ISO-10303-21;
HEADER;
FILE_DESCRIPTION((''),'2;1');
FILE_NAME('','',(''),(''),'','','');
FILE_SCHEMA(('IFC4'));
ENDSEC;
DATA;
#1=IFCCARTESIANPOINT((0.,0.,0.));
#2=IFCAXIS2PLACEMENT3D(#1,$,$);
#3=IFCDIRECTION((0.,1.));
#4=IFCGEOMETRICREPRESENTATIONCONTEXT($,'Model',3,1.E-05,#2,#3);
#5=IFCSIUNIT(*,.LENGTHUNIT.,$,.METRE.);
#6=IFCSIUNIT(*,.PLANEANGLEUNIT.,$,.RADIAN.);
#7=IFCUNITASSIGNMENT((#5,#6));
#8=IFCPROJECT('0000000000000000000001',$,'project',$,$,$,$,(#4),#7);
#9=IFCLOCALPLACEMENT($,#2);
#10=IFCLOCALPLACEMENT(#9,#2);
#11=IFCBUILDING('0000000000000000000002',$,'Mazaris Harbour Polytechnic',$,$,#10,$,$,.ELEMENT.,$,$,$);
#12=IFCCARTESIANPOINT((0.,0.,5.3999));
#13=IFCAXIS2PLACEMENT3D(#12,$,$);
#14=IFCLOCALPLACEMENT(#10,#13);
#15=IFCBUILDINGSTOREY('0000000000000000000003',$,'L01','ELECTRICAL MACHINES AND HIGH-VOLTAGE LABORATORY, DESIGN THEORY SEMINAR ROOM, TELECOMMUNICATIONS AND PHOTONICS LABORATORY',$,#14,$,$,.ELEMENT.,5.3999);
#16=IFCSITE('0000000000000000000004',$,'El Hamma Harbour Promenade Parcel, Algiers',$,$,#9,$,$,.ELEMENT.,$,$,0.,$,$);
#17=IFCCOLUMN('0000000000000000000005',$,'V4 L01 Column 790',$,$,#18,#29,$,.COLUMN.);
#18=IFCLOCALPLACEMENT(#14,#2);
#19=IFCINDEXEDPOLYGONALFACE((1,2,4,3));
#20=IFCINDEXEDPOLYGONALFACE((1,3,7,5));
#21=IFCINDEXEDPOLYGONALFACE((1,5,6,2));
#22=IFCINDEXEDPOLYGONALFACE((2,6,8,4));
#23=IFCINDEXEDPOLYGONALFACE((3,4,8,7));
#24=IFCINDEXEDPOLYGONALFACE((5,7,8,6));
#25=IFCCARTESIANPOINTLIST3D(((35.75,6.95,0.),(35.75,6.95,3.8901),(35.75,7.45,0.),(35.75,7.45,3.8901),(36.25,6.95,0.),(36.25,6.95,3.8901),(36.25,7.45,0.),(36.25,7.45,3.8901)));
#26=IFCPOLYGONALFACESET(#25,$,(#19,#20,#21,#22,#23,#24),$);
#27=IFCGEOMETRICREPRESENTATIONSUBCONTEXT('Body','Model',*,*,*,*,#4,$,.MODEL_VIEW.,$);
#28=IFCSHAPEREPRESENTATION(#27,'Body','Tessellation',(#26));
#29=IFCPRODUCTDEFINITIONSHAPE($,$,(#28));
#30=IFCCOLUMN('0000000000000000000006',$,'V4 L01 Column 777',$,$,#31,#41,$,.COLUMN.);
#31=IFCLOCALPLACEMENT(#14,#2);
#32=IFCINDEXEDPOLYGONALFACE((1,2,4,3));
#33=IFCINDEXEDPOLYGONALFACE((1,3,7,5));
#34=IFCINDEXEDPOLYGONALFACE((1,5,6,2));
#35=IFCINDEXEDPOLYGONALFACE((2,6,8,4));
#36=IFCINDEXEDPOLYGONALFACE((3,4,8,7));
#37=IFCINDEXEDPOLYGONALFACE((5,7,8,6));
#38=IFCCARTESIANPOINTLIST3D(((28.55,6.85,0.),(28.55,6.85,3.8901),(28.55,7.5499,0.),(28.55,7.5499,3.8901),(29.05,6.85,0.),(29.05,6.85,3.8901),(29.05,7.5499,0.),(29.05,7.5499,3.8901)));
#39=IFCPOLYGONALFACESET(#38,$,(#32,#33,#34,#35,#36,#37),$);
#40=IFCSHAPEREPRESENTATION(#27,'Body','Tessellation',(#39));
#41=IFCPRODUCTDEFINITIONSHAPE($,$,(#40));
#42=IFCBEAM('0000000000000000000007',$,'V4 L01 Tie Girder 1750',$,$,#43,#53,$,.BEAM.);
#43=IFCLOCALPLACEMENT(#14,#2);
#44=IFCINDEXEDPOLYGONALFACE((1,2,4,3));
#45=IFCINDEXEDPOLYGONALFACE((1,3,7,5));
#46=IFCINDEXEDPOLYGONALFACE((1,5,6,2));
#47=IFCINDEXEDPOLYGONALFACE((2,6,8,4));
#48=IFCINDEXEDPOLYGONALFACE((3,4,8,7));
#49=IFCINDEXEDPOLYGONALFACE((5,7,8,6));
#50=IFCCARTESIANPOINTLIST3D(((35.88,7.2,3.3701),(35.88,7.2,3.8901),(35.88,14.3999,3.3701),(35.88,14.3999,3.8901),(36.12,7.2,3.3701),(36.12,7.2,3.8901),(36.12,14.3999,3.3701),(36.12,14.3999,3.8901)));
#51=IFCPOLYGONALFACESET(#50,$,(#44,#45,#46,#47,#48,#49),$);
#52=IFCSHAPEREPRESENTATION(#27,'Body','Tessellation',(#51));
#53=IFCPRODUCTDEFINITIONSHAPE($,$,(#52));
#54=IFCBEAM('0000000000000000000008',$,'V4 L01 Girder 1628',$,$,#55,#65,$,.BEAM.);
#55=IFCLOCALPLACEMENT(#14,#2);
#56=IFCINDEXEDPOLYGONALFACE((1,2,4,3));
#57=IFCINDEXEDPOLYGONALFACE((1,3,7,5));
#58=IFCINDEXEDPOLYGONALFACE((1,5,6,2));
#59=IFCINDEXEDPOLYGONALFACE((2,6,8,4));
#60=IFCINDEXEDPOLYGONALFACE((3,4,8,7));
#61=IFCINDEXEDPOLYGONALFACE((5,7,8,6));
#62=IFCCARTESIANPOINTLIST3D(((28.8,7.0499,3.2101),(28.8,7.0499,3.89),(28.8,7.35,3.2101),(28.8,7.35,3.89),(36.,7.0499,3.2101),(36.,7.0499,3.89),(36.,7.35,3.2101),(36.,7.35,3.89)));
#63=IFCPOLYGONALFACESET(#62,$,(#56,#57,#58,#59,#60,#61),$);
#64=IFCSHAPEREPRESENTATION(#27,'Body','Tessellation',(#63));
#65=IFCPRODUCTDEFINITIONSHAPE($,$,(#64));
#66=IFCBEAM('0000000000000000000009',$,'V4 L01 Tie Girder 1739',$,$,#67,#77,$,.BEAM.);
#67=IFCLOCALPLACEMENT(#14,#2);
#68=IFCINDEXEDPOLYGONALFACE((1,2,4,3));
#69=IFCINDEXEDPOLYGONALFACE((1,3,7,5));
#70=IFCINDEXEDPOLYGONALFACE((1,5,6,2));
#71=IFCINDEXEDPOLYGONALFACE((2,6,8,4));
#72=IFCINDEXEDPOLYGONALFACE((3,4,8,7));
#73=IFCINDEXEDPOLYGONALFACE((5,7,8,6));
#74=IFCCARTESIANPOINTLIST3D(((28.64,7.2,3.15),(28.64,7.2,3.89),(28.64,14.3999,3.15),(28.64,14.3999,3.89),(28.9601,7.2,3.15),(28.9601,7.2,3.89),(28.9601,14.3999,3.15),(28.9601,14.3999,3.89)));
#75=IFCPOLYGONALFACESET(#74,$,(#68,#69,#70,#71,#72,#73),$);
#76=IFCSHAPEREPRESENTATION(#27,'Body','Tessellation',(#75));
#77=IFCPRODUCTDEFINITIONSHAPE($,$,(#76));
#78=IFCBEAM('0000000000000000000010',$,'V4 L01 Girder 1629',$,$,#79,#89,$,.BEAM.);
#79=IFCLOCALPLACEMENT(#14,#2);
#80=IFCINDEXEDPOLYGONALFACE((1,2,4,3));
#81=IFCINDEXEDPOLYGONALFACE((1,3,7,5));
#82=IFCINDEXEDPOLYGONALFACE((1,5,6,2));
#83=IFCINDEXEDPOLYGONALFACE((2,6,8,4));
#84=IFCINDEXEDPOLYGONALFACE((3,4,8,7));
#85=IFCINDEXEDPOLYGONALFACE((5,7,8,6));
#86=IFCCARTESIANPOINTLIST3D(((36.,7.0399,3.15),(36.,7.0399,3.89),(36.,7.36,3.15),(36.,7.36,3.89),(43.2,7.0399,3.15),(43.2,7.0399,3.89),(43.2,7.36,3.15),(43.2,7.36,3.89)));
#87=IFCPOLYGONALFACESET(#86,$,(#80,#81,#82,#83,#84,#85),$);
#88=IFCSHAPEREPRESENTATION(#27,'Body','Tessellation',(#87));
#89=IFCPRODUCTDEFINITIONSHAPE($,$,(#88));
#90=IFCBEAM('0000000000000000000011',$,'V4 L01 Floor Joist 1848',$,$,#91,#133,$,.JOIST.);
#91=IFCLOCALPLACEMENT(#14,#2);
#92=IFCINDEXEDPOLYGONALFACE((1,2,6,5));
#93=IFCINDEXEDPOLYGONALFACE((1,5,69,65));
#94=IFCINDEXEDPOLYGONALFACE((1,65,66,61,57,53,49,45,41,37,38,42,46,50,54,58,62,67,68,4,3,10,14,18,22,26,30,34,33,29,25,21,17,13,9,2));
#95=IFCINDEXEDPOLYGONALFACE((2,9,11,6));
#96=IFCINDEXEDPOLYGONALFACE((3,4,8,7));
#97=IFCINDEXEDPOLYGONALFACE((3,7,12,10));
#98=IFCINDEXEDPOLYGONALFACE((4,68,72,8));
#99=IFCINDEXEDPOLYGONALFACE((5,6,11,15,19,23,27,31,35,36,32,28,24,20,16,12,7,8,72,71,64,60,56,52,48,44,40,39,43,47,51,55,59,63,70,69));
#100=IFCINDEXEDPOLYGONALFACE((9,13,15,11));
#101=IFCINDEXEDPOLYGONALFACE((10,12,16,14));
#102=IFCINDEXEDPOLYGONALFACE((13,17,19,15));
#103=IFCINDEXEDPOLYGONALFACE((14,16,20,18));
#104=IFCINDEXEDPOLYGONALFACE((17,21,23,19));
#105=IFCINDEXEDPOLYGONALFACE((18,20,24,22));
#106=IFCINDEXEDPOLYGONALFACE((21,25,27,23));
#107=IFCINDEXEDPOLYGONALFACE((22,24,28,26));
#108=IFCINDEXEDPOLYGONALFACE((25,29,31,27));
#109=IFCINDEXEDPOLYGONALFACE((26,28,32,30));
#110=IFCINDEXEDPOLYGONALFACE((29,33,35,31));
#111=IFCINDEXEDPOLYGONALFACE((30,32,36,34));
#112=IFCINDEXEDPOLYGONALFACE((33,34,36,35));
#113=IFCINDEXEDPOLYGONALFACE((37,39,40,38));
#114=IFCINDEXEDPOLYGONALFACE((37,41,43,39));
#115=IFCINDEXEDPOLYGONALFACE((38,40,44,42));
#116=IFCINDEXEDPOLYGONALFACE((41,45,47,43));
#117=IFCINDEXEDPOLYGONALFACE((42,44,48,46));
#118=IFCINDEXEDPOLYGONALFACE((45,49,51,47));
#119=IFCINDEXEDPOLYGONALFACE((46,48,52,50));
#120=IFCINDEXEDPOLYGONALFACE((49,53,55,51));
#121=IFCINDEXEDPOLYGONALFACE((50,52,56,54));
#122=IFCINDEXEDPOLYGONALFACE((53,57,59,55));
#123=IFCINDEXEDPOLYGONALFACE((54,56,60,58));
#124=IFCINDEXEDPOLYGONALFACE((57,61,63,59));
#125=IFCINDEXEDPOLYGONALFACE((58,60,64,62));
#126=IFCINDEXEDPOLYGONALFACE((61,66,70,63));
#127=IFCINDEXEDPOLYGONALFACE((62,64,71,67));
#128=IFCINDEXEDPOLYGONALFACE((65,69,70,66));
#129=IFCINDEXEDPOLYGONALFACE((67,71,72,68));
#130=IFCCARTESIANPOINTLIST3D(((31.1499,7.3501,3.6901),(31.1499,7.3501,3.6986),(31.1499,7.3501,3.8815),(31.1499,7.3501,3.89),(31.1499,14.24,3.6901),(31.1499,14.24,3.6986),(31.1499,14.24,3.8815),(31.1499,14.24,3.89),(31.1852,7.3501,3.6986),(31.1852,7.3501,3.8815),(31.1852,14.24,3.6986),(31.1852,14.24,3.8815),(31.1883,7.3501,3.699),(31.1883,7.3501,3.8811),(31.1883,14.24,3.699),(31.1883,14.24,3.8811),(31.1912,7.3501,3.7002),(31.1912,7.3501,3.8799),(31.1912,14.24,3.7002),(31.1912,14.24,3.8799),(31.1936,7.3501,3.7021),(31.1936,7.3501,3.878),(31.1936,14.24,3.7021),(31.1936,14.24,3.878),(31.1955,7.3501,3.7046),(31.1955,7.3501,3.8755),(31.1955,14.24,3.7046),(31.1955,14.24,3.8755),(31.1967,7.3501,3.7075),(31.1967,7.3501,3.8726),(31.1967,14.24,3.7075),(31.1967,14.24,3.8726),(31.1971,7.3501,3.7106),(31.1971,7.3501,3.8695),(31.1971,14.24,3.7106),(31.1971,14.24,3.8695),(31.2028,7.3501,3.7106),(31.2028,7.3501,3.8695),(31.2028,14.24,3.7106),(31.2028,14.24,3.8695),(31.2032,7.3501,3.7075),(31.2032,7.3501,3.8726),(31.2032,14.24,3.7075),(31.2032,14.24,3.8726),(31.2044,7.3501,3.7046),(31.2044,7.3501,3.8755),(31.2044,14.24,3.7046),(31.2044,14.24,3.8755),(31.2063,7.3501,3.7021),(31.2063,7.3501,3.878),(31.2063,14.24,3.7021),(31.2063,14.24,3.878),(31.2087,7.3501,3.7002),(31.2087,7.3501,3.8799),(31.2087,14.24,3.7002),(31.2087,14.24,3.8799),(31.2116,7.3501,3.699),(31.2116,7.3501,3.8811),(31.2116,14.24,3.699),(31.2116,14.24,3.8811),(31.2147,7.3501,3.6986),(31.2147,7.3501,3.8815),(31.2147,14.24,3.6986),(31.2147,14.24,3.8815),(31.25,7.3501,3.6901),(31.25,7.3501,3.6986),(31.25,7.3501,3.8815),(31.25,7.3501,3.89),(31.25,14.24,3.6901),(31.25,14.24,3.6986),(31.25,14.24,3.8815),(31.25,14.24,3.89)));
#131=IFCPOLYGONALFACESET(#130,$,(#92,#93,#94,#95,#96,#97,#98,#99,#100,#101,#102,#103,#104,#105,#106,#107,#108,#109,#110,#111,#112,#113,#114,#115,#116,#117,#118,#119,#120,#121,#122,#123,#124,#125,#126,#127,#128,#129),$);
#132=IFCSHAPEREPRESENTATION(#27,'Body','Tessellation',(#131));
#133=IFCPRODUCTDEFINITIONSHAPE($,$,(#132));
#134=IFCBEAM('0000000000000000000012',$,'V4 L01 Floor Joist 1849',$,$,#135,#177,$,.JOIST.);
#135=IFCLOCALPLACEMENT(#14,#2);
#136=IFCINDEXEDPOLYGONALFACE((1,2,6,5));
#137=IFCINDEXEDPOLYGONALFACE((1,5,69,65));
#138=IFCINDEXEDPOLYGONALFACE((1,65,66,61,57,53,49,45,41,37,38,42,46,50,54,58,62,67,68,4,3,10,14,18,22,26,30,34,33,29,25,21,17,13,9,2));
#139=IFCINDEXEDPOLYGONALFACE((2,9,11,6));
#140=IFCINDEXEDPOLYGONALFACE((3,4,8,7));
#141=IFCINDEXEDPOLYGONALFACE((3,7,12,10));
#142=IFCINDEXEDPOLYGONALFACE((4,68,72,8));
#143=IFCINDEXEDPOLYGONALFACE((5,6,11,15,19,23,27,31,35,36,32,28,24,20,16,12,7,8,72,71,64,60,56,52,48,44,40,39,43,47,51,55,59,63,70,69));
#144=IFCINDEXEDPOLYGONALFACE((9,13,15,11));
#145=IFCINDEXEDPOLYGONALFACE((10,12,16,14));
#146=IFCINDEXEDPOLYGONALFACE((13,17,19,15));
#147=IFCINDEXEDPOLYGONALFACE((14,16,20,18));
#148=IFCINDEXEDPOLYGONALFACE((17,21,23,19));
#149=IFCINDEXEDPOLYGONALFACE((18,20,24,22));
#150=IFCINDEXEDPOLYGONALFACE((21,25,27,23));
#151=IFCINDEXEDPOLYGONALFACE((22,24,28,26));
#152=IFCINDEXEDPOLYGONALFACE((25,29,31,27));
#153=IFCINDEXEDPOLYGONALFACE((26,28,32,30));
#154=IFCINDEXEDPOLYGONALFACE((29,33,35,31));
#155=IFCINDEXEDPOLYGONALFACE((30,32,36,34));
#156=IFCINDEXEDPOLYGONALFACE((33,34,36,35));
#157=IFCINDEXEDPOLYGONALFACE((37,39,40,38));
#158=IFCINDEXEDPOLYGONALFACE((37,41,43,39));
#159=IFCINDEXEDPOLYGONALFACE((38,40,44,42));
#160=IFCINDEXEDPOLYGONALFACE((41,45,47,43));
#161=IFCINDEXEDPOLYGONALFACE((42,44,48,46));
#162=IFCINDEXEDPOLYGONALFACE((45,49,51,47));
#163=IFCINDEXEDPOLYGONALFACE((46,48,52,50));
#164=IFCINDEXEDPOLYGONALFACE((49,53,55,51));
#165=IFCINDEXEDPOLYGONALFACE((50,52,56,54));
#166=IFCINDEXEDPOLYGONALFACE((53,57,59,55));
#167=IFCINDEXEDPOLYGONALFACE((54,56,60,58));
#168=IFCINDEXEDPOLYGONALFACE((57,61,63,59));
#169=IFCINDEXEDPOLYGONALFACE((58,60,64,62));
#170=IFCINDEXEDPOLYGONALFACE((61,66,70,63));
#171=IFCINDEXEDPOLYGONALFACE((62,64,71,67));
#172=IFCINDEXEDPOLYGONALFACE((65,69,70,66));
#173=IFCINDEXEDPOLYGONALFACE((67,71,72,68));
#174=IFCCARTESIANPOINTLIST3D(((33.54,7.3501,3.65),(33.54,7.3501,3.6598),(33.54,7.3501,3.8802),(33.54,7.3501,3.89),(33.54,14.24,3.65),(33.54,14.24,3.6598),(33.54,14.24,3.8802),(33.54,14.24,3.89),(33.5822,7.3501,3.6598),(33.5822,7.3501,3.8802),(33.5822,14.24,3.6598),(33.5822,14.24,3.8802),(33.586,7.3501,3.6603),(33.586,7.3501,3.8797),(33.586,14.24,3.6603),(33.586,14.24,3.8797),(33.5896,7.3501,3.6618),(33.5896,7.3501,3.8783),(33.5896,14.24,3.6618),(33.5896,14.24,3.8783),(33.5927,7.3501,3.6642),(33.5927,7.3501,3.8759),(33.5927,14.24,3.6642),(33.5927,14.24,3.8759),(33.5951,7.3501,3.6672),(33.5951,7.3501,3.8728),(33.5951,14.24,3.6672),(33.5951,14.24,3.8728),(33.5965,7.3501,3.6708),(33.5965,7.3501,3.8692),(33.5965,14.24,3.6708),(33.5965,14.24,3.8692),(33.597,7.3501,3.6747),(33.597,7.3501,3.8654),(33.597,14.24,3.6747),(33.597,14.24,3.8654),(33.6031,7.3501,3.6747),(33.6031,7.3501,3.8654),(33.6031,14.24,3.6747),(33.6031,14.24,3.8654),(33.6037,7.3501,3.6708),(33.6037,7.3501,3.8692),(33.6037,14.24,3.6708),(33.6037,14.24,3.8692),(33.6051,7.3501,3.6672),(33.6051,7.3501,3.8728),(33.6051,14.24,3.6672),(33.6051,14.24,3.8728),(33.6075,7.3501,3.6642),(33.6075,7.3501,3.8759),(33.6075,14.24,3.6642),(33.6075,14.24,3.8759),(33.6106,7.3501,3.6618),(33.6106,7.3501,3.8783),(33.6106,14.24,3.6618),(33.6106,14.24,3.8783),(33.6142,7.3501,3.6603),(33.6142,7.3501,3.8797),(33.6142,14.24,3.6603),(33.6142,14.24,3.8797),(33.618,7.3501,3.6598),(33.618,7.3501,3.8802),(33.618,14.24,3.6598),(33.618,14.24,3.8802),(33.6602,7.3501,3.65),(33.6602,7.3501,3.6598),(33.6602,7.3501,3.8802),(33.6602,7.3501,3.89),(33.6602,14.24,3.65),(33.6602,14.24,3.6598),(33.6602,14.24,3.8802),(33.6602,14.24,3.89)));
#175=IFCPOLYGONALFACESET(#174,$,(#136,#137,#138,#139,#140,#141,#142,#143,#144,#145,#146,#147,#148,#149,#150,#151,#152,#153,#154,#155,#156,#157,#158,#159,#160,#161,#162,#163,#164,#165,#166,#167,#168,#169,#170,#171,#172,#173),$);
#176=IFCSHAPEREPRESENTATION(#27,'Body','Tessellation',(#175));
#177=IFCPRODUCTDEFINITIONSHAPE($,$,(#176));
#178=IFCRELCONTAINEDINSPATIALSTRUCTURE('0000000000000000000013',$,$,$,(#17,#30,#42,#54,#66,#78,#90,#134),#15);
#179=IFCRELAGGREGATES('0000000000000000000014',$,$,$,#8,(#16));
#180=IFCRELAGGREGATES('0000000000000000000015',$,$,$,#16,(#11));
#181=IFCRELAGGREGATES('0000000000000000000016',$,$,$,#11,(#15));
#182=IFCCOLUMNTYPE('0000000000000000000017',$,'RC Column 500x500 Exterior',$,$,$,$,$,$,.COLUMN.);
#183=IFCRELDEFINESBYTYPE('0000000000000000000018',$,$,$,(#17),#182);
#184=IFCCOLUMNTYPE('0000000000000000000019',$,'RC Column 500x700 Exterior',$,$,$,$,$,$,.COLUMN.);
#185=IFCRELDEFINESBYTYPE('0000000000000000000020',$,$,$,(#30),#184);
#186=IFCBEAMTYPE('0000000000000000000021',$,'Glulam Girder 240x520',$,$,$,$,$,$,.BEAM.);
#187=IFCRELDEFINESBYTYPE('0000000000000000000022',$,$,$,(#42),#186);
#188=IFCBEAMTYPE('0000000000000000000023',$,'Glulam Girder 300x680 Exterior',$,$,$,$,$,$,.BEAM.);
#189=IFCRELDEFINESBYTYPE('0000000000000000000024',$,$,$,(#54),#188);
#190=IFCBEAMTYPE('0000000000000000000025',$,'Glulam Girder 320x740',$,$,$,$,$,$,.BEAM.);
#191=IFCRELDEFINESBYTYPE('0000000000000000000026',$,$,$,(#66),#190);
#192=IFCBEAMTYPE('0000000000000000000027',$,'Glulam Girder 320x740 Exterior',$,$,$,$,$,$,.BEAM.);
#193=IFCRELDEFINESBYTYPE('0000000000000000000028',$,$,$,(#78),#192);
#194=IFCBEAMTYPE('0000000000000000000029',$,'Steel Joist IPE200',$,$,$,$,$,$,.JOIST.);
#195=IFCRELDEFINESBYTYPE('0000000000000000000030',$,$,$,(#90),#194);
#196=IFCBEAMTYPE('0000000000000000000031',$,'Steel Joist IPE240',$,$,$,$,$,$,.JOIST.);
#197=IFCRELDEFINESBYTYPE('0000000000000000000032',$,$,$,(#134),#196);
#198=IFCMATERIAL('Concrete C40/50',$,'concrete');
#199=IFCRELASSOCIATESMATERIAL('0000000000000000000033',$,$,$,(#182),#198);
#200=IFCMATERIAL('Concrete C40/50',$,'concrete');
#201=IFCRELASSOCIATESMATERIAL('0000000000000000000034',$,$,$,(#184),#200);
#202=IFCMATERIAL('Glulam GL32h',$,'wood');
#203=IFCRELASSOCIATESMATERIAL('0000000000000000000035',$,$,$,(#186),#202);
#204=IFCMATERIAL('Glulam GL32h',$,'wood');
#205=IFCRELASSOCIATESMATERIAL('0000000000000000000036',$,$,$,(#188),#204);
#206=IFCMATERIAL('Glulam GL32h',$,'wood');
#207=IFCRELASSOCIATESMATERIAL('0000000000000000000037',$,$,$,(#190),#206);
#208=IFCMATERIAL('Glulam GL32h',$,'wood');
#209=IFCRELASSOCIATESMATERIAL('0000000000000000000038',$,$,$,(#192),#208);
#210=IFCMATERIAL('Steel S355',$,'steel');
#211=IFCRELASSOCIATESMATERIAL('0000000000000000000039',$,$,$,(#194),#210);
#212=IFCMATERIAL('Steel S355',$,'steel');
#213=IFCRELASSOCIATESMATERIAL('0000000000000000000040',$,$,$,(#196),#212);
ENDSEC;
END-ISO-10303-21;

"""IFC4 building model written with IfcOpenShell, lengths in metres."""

from ifc_helpers import new_model, si_unit, direction, frame, origin, origin_2d, place, context, subcontext, project, spatial, rectangle, i_section, extrude, material, material_profile, profile_set, type_object, element, save


model = new_model("IFC4")

# Units and contexts
model_context = context("Model", 3, precision=1e-05, world=origin(), true_north=direction((0.0, 1.0)))
body_context = subcontext(model_context, "Body", "Model", "MODEL_VIEW")
ifc_project = project(units=[si_unit("LENGTHUNIT", "METRE"), si_unit("PLANEANGLEUNIT", "RADIAN")], contexts=[model_context])

# Site, building, storey
site_placement = place(None, origin())
site = spatial("IfcSite", under=ifc_project, at=site_placement, Name="El Hamma Harbour Promenade Parcel, Algiers", CompositionType="ELEMENT", RefElevation=0.0)
building_placement = place(site_placement, origin())
building = spatial("IfcBuilding", under=site, at=building_placement, Name="Mazaris Harbour Polytechnic", CompositionType="ELEMENT")
storey_placement = place(building_placement, frame((0.0, 0.0, 5.3999)))
storey = spatial("IfcBuildingStorey", under=building, at=storey_placement, Name="L01", Description="ELECTRICAL MACHINES AND HIGH-VOLTAGE LABORATORY, DESIGN THEORY SEMINAR ROOM, TELECOMMUNICATIONS AND PHOTONICS LABORATORY", CompositionType="ELEMENT", Elevation=5.3999)

# Columns
ifc_material_1 = material(Name="Concrete C40/50", Category="concrete")
ifc_material_profile_1 = material_profile(ifc_material_1, rectangle(XDim=0.5, YDim=0.5, at=origin_2d()), Name="RECT500x500")
ifc_profile_set_1 = profile_set([ifc_material_profile_1], Name="Concrete C40/50")
column_type_1 = type_object("IfcColumnType", Name="RC Column 500x500 Exterior", PredefinedType="COLUMN", material=ifc_profile_set_1)
column_1_placement = place(storey_placement, frame((36.0, 7.2, 0.0), z_axis=(0.0, 0.0, 1.0), x_axis=(1.0, 0.0, 0.0)))
element("IfcColumn", 1, at=column_1_placement, inside=storey, type_object=column_type_1, Name="V4 L01 Column 790", PredefinedType="COLUMN", context=body_context, shape_type="SweptSolid", body=[
    extrude(rectangle(XDim=0.5, YDim=0.5, at=origin_2d()), origin(), (0.0, 0.0, 1.0), 3.8901),
])
ifc_material_2 = material(Name="Concrete C40/50", Category="concrete")
ifc_material_profile_2 = material_profile(ifc_material_2, rectangle(XDim=0.5, YDim=0.7, at=origin_2d()), Name="RECT500x700")
ifc_profile_set_2 = profile_set([ifc_material_profile_2], Name="Concrete C40/50")
column_type_2 = type_object("IfcColumnType", Name="RC Column 500x700 Exterior", PredefinedType="COLUMN", material=ifc_profile_set_2)
column_2_placement = place(storey_placement, frame((28.8, 7.2, 0.0), z_axis=(0.0, 0.0, 1.0), x_axis=(1.0, 0.0, 0.0)))
element("IfcColumn", 2, at=column_2_placement, inside=storey, type_object=column_type_2, Name="V4 L01 Column 777", PredefinedType="COLUMN", context=body_context, shape_type="SweptSolid", body=[
    extrude(rectangle(XDim=0.5, YDim=0.7, at=origin_2d()), origin(), (0.0, 0.0, 1.0), 3.8901),
])

# Beams
ifc_material_3 = material(Name="Glulam GL32h", Category="wood")
ifc_material_profile_3 = material_profile(ifc_material_3, rectangle(XDim=0.24, YDim=0.52, at=origin_2d()), Name="RECT240x520")
ifc_profile_set_3 = profile_set([ifc_material_profile_3], Name="Glulam GL32h")
beam_type_1 = type_object("IfcBeamType", Name="Glulam Girder 240x520", PredefinedType="BEAM", material=ifc_profile_set_3)
beam_1_placement = place(storey_placement, frame((36.0, 7.2, 3.6301), z_axis=(0.0, 1.0, 0.0), x_axis=(-1.0, 0.0, 0.0)))
element("IfcBeam", 3, at=beam_1_placement, inside=storey, type_object=beam_type_1, Name="V4 L01 Tie Girder 1750", PredefinedType="BEAM", context=body_context, shape_type="SweptSolid", body=[
    extrude(rectangle(XDim=0.24, YDim=0.52, at=origin_2d()), origin(), (0.0, 0.0, 1.0), 7.2),
])
ifc_material_4 = material(Name="Glulam GL32h", Category="wood")
ifc_material_profile_4 = material_profile(ifc_material_4, rectangle(XDim=0.3, YDim=0.6799, at=origin_2d()), Name="RECT300x680")
ifc_profile_set_4 = profile_set([ifc_material_profile_4], Name="Glulam GL32h")
beam_type_2 = type_object("IfcBeamType", Name="Glulam Girder 300x680 Exterior", PredefinedType="BEAM", material=ifc_profile_set_4)
beam_2_placement = place(storey_placement, frame((28.8, 7.2, 3.55), z_axis=(1.0, 0.0, 0.0), x_axis=(0.0, 1.0, 0.0)))
element("IfcBeam", 4, at=beam_2_placement, inside=storey, type_object=beam_type_2, Name="V4 L01 Girder 1628", PredefinedType="BEAM", context=body_context, shape_type="SweptSolid", body=[
    extrude(rectangle(XDim=0.3, YDim=0.6799, at=origin_2d()), origin(), (0.0, 0.0, 1.0), 7.2),
])
ifc_material_5 = material(Name="Glulam GL32h", Category="wood")
ifc_material_profile_5 = material_profile(ifc_material_5, rectangle(XDim=0.3201, YDim=0.74, at=origin_2d()), Name="RECT320x740")
ifc_profile_set_5 = profile_set([ifc_material_profile_5], Name="Glulam GL32h")
beam_type_3 = type_object("IfcBeamType", Name="Glulam Girder 320x740", PredefinedType="BEAM", material=ifc_profile_set_5)
beam_3_placement = place(storey_placement, frame((28.8, 7.2, 3.52), z_axis=(0.0, 1.0, 0.0), x_axis=(-1.0, 0.0, 0.0)))
element("IfcBeam", 5, at=beam_3_placement, inside=storey, type_object=beam_type_3, Name="V4 L01 Tie Girder 1739", PredefinedType="BEAM", context=body_context, shape_type="SweptSolid", body=[
    extrude(rectangle(XDim=0.3201, YDim=0.74, at=origin_2d()), origin(), (0.0, 0.0, 1.0), 7.2),
])
ifc_material_6 = material(Name="Glulam GL32h", Category="wood")
ifc_material_profile_6 = material_profile(ifc_material_6, rectangle(XDim=0.3201, YDim=0.74, at=origin_2d()), Name="RECT320x740")
ifc_profile_set_6 = profile_set([ifc_material_profile_6], Name="Glulam GL32h")
beam_type_4 = type_object("IfcBeamType", Name="Glulam Girder 320x740 Exterior", PredefinedType="BEAM", material=ifc_profile_set_6)
beam_4_placement = place(storey_placement, frame((36.0, 7.2, 3.52), z_axis=(1.0, 0.0, 0.0), x_axis=(0.0, 1.0, 0.0)))
element("IfcBeam", 6, at=beam_4_placement, inside=storey, type_object=beam_type_4, Name="V4 L01 Girder 1629", PredefinedType="BEAM", context=body_context, shape_type="SweptSolid", body=[
    extrude(rectangle(XDim=0.3201, YDim=0.74, at=origin_2d()), origin(), (0.0, 0.0, 1.0), 7.2),
])
ifc_material_7 = material(Name="Steel S355", Category="steel")
ifc_material_profile_7 = material_profile(ifc_material_7, i_section(OverallWidth=0.1001, OverallDepth=0.2, WebThickness=0.0056, FlangeThickness=0.0085, FilletRadius=0.012, at=origin_2d()), Name="IPE 200")
ifc_profile_set_7 = profile_set([ifc_material_profile_7], Name="Steel S355")
beam_type_5 = type_object("IfcBeamType", Name="Steel Joist IPE200", PredefinedType="JOIST", material=ifc_profile_set_7)
beam_5_placement = place(storey_placement, frame((31.2, 7.3501, 3.79), z_axis=(0.0, 1.0, 0.0), x_axis=(-1.0, 0.0, 0.0)))
element("IfcBeam", 7, at=beam_5_placement, inside=storey, type_object=beam_type_5, Name="V4 L01 Floor Joist 1848", PredefinedType="JOIST", context=body_context, shape_type="SweptSolid", body=[
    extrude(i_section(OverallWidth=0.1001, OverallDepth=0.2, WebThickness=0.0056, FlangeThickness=0.0085, FilletRadius=0.012, at=origin_2d()), origin(), (0.0, 0.0, 1.0), 6.8899),
])
ifc_material_8 = material(Name="Steel S355", Category="steel")
ifc_material_profile_8 = material_profile(ifc_material_8, i_section(OverallWidth=0.1201, OverallDepth=0.24, WebThickness=0.0061, FlangeThickness=0.0098, FilletRadius=0.0149, at=origin_2d()), Name="IPE 240")
ifc_profile_set_8 = profile_set([ifc_material_profile_8], Name="Steel S355")
beam_type_6 = type_object("IfcBeamType", Name="Steel Joist IPE240", PredefinedType="JOIST", material=ifc_profile_set_8)
beam_6_placement = place(storey_placement, frame((33.6001, 7.3501, 3.77), z_axis=(0.0, 1.0, 0.0), x_axis=(-1.0, 0.0, 0.0)))
element("IfcBeam", 8, at=beam_6_placement, inside=storey, type_object=beam_type_6, Name="V4 L01 Floor Joist 1849", PredefinedType="JOIST", context=body_context, shape_type="SweptSolid", body=[
    extrude(i_section(OverallWidth=0.1201, OverallDepth=0.24, WebThickness=0.0061, FlangeThickness=0.0098, FilletRadius=0.0149, at=origin_2d()), origin(), (0.0, 0.0, 1.0), 6.8899),
])

save(model, "model.ifc")
